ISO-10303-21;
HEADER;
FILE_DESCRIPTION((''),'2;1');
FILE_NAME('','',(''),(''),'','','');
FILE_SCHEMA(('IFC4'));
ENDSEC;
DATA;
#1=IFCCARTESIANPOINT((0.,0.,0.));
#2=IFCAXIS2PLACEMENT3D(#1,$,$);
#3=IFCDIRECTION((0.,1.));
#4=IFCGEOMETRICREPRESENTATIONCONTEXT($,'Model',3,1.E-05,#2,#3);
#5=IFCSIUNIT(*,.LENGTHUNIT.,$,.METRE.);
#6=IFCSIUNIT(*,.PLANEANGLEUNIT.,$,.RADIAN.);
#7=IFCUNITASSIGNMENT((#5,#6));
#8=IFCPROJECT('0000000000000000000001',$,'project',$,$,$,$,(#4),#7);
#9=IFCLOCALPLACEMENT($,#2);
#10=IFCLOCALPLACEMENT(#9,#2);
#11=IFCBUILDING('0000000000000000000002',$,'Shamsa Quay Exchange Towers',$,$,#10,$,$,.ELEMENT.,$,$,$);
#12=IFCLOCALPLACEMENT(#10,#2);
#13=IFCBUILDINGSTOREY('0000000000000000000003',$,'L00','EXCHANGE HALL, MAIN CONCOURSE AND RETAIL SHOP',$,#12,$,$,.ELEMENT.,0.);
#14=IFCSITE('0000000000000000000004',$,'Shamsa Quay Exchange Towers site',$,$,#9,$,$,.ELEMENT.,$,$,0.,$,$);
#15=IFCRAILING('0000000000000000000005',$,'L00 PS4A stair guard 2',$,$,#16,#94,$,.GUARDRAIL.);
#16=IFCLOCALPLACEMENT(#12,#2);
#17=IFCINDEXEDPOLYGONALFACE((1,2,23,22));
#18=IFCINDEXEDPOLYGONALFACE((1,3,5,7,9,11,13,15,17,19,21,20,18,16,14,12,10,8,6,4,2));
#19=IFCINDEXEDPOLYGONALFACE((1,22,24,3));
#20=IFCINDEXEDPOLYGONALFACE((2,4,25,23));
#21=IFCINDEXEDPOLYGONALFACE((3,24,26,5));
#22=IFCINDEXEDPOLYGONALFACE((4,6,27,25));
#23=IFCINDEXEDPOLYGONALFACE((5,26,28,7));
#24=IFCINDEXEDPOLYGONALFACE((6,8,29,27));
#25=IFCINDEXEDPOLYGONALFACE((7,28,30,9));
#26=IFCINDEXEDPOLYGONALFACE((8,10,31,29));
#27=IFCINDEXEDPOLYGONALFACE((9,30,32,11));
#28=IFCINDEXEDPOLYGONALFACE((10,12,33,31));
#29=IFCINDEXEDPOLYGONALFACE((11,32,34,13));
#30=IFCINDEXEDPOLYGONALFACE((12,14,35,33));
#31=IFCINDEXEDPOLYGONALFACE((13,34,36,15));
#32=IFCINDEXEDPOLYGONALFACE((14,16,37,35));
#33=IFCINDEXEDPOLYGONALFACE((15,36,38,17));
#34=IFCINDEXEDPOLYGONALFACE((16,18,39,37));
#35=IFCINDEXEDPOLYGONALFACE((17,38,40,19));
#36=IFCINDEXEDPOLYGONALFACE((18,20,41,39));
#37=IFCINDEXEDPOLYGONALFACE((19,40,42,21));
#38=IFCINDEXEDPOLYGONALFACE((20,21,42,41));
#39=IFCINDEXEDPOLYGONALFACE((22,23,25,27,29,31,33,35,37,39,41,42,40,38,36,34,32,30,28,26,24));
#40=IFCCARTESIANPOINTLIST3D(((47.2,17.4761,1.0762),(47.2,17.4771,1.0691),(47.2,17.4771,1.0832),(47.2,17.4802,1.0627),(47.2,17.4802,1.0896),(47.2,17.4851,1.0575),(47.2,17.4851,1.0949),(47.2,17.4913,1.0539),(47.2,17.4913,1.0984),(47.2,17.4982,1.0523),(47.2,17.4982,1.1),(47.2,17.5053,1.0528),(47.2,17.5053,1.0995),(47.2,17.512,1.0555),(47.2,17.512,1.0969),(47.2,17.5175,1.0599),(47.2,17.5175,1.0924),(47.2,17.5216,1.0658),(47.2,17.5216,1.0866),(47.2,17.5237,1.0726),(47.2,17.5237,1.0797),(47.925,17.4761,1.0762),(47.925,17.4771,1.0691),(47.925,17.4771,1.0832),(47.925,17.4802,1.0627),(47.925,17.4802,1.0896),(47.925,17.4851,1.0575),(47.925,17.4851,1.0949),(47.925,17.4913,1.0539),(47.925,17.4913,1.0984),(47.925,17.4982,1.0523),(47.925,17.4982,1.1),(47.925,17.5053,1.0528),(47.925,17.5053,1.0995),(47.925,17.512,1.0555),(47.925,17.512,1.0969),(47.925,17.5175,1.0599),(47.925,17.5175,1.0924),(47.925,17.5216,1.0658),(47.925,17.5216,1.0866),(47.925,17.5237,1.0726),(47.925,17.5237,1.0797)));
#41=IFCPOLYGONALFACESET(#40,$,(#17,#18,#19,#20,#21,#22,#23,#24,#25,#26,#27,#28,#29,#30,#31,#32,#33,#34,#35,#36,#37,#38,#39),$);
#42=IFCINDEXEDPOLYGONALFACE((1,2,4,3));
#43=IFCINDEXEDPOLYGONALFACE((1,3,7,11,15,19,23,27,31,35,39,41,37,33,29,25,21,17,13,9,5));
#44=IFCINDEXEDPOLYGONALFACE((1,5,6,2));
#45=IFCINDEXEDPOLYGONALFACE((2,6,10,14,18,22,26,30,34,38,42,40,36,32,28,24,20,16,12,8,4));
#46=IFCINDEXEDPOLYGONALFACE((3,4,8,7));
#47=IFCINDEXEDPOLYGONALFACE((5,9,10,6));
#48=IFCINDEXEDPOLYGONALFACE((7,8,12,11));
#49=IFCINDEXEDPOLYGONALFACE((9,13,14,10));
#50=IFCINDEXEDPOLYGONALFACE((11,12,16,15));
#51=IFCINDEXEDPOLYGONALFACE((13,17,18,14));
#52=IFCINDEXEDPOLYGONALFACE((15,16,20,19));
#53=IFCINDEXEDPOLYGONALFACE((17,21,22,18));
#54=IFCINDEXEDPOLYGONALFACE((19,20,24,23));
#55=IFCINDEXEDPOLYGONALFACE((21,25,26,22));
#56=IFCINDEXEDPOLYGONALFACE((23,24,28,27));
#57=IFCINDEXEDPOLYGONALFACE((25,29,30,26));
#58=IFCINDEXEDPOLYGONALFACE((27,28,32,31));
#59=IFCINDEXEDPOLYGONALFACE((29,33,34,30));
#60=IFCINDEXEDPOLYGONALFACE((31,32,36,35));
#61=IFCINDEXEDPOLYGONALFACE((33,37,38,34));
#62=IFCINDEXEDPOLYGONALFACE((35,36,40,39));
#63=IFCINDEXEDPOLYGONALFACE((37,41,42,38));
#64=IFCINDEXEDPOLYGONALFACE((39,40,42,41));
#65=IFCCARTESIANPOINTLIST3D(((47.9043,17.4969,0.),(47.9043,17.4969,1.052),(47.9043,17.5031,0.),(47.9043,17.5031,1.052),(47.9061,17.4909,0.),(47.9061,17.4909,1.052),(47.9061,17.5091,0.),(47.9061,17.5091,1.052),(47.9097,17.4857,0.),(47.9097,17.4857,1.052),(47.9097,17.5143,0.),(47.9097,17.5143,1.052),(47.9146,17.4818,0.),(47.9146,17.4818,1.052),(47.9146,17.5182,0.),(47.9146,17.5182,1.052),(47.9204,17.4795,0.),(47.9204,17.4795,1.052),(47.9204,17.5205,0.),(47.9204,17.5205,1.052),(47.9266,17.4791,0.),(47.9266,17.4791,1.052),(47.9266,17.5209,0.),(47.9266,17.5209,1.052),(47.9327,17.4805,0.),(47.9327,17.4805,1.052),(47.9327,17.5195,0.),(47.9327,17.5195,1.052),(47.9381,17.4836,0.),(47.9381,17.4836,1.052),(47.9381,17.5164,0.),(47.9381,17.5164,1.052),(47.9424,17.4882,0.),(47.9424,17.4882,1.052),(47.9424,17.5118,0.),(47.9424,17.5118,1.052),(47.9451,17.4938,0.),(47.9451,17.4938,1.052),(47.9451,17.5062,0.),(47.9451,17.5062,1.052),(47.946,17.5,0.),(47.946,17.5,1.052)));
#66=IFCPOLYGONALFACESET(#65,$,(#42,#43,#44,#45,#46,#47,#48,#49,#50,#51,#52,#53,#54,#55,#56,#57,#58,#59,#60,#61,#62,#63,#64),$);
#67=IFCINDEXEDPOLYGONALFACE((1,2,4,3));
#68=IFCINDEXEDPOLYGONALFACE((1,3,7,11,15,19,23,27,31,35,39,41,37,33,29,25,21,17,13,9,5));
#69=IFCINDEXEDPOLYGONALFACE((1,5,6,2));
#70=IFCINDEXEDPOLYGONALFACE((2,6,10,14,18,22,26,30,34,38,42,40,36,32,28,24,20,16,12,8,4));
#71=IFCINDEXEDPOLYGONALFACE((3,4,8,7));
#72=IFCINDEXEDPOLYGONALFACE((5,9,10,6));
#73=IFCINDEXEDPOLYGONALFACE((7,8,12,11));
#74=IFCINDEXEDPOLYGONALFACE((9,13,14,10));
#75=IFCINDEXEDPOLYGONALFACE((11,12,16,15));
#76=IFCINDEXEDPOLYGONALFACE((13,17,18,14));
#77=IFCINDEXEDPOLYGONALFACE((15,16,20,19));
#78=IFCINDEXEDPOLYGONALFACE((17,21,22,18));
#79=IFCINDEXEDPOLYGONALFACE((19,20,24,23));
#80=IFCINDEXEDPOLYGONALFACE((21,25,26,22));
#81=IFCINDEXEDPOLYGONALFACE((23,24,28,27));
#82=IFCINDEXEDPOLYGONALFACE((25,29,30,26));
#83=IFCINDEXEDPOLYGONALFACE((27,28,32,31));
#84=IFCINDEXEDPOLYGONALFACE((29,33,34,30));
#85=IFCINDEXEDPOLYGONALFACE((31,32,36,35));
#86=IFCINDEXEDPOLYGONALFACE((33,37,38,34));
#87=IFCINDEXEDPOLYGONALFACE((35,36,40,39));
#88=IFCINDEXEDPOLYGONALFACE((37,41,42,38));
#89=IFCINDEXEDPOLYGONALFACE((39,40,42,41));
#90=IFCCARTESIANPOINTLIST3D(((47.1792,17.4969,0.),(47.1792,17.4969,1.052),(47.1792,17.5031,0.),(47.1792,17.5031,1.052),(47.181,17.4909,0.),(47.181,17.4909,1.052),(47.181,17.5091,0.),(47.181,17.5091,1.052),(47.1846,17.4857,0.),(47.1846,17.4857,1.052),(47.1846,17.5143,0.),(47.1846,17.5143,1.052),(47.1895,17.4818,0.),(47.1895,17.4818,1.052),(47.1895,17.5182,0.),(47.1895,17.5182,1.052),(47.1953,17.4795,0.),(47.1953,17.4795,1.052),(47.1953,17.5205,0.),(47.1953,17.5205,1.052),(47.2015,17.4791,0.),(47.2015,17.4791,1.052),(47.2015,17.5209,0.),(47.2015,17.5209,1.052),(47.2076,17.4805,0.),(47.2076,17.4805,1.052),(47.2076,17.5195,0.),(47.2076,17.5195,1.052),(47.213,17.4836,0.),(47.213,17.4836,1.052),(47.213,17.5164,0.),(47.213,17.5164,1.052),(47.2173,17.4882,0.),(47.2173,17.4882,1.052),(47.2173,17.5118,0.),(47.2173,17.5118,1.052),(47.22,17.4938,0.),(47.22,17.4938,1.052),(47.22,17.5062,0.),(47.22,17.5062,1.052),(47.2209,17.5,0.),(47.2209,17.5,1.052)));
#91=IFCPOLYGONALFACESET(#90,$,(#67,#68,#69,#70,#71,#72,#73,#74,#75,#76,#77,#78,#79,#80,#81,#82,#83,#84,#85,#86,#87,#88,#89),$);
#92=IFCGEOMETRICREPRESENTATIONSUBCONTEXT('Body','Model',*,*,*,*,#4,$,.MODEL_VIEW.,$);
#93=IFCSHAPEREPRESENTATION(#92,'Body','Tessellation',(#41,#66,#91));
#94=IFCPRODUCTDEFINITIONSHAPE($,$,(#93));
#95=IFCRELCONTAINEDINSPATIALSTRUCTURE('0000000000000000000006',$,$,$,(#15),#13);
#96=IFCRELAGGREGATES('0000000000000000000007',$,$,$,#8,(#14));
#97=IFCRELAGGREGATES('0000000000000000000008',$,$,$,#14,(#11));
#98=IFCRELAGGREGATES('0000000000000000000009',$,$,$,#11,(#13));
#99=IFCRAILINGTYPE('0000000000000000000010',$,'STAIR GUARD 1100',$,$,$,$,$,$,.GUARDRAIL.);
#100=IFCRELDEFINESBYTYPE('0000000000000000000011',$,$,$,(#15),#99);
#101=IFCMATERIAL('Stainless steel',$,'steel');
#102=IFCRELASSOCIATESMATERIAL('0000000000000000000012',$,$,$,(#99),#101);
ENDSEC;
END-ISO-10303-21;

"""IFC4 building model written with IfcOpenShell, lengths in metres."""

from ifc_helpers import new_model, si_unit, direction, frame, origin, origin_2d, place, context, subcontext, project, spatial, circle, extrude, material, type_object, element, save


model = new_model("IFC4")

# Units and contexts
model_context = context("Model", 3, precision=1e-05, world=origin(), true_north=direction((0.0, 1.0)))
body_context = subcontext(model_context, "Body", "Model", "MODEL_VIEW")
ifc_project = project(units=[si_unit("LENGTHUNIT", "METRE"), si_unit("PLANEANGLEUNIT", "RADIAN")], contexts=[model_context])

# Site, building, storey
site_placement = place(None, origin())
site = spatial("IfcSite", under=ifc_project, at=site_placement, Name="Shamsa Quay Exchange Towers site", CompositionType="ELEMENT", RefElevation=0.0)
building_placement = place(site_placement, origin())
building = spatial("IfcBuilding", under=site, at=building_placement, Name="Shamsa Quay Exchange Towers", CompositionType="ELEMENT")
storey_placement = place(building_placement, origin())
storey = spatial("IfcBuildingStorey", under=building, at=storey_placement, Name="L00", Description="EXCHANGE HALL, MAIN CONCOURSE AND RETAIL SHOP", CompositionType="ELEMENT", Elevation=0.0)

# Railing
ifc_material_1 = material(Name="Stainless steel", Category="steel")
railing_type_1 = type_object("IfcRailingType", Name="STAIR GUARD 1100", PredefinedType="GUARDRAIL", material=ifc_material_1)
railing_1_placement = place(storey_placement, frame((47.925, 17.5, 0.0)))
element("IfcRailing", 1, at=railing_1_placement, inside=storey, type_object=railing_type_1, Name="L00 PS4A stair guard 2", PredefinedType="GUARDRAIL", context=body_context, shape_type="SweptSolid", body=[
    extrude(circle(Radius=0.0239, at=origin_2d()), frame((0.0, 0.0, 1.0762), z_axis=(-1.0, 0.0, 0.0), x_axis=(0.0, -1.0, 0.0)), (0.0, 0.0, 1.0), 0.7251),
    extrude(circle(Radius=0.021, at=origin_2d()), origin(), (0.0, 0.0, 1.0), 1.052),
    extrude(circle(Radius=0.021, at=origin_2d()), frame((-0.7251, 0.0, 0.0)), (0.0, 0.0, 1.0), 1.052),
])

save(model, "model.ifc")
